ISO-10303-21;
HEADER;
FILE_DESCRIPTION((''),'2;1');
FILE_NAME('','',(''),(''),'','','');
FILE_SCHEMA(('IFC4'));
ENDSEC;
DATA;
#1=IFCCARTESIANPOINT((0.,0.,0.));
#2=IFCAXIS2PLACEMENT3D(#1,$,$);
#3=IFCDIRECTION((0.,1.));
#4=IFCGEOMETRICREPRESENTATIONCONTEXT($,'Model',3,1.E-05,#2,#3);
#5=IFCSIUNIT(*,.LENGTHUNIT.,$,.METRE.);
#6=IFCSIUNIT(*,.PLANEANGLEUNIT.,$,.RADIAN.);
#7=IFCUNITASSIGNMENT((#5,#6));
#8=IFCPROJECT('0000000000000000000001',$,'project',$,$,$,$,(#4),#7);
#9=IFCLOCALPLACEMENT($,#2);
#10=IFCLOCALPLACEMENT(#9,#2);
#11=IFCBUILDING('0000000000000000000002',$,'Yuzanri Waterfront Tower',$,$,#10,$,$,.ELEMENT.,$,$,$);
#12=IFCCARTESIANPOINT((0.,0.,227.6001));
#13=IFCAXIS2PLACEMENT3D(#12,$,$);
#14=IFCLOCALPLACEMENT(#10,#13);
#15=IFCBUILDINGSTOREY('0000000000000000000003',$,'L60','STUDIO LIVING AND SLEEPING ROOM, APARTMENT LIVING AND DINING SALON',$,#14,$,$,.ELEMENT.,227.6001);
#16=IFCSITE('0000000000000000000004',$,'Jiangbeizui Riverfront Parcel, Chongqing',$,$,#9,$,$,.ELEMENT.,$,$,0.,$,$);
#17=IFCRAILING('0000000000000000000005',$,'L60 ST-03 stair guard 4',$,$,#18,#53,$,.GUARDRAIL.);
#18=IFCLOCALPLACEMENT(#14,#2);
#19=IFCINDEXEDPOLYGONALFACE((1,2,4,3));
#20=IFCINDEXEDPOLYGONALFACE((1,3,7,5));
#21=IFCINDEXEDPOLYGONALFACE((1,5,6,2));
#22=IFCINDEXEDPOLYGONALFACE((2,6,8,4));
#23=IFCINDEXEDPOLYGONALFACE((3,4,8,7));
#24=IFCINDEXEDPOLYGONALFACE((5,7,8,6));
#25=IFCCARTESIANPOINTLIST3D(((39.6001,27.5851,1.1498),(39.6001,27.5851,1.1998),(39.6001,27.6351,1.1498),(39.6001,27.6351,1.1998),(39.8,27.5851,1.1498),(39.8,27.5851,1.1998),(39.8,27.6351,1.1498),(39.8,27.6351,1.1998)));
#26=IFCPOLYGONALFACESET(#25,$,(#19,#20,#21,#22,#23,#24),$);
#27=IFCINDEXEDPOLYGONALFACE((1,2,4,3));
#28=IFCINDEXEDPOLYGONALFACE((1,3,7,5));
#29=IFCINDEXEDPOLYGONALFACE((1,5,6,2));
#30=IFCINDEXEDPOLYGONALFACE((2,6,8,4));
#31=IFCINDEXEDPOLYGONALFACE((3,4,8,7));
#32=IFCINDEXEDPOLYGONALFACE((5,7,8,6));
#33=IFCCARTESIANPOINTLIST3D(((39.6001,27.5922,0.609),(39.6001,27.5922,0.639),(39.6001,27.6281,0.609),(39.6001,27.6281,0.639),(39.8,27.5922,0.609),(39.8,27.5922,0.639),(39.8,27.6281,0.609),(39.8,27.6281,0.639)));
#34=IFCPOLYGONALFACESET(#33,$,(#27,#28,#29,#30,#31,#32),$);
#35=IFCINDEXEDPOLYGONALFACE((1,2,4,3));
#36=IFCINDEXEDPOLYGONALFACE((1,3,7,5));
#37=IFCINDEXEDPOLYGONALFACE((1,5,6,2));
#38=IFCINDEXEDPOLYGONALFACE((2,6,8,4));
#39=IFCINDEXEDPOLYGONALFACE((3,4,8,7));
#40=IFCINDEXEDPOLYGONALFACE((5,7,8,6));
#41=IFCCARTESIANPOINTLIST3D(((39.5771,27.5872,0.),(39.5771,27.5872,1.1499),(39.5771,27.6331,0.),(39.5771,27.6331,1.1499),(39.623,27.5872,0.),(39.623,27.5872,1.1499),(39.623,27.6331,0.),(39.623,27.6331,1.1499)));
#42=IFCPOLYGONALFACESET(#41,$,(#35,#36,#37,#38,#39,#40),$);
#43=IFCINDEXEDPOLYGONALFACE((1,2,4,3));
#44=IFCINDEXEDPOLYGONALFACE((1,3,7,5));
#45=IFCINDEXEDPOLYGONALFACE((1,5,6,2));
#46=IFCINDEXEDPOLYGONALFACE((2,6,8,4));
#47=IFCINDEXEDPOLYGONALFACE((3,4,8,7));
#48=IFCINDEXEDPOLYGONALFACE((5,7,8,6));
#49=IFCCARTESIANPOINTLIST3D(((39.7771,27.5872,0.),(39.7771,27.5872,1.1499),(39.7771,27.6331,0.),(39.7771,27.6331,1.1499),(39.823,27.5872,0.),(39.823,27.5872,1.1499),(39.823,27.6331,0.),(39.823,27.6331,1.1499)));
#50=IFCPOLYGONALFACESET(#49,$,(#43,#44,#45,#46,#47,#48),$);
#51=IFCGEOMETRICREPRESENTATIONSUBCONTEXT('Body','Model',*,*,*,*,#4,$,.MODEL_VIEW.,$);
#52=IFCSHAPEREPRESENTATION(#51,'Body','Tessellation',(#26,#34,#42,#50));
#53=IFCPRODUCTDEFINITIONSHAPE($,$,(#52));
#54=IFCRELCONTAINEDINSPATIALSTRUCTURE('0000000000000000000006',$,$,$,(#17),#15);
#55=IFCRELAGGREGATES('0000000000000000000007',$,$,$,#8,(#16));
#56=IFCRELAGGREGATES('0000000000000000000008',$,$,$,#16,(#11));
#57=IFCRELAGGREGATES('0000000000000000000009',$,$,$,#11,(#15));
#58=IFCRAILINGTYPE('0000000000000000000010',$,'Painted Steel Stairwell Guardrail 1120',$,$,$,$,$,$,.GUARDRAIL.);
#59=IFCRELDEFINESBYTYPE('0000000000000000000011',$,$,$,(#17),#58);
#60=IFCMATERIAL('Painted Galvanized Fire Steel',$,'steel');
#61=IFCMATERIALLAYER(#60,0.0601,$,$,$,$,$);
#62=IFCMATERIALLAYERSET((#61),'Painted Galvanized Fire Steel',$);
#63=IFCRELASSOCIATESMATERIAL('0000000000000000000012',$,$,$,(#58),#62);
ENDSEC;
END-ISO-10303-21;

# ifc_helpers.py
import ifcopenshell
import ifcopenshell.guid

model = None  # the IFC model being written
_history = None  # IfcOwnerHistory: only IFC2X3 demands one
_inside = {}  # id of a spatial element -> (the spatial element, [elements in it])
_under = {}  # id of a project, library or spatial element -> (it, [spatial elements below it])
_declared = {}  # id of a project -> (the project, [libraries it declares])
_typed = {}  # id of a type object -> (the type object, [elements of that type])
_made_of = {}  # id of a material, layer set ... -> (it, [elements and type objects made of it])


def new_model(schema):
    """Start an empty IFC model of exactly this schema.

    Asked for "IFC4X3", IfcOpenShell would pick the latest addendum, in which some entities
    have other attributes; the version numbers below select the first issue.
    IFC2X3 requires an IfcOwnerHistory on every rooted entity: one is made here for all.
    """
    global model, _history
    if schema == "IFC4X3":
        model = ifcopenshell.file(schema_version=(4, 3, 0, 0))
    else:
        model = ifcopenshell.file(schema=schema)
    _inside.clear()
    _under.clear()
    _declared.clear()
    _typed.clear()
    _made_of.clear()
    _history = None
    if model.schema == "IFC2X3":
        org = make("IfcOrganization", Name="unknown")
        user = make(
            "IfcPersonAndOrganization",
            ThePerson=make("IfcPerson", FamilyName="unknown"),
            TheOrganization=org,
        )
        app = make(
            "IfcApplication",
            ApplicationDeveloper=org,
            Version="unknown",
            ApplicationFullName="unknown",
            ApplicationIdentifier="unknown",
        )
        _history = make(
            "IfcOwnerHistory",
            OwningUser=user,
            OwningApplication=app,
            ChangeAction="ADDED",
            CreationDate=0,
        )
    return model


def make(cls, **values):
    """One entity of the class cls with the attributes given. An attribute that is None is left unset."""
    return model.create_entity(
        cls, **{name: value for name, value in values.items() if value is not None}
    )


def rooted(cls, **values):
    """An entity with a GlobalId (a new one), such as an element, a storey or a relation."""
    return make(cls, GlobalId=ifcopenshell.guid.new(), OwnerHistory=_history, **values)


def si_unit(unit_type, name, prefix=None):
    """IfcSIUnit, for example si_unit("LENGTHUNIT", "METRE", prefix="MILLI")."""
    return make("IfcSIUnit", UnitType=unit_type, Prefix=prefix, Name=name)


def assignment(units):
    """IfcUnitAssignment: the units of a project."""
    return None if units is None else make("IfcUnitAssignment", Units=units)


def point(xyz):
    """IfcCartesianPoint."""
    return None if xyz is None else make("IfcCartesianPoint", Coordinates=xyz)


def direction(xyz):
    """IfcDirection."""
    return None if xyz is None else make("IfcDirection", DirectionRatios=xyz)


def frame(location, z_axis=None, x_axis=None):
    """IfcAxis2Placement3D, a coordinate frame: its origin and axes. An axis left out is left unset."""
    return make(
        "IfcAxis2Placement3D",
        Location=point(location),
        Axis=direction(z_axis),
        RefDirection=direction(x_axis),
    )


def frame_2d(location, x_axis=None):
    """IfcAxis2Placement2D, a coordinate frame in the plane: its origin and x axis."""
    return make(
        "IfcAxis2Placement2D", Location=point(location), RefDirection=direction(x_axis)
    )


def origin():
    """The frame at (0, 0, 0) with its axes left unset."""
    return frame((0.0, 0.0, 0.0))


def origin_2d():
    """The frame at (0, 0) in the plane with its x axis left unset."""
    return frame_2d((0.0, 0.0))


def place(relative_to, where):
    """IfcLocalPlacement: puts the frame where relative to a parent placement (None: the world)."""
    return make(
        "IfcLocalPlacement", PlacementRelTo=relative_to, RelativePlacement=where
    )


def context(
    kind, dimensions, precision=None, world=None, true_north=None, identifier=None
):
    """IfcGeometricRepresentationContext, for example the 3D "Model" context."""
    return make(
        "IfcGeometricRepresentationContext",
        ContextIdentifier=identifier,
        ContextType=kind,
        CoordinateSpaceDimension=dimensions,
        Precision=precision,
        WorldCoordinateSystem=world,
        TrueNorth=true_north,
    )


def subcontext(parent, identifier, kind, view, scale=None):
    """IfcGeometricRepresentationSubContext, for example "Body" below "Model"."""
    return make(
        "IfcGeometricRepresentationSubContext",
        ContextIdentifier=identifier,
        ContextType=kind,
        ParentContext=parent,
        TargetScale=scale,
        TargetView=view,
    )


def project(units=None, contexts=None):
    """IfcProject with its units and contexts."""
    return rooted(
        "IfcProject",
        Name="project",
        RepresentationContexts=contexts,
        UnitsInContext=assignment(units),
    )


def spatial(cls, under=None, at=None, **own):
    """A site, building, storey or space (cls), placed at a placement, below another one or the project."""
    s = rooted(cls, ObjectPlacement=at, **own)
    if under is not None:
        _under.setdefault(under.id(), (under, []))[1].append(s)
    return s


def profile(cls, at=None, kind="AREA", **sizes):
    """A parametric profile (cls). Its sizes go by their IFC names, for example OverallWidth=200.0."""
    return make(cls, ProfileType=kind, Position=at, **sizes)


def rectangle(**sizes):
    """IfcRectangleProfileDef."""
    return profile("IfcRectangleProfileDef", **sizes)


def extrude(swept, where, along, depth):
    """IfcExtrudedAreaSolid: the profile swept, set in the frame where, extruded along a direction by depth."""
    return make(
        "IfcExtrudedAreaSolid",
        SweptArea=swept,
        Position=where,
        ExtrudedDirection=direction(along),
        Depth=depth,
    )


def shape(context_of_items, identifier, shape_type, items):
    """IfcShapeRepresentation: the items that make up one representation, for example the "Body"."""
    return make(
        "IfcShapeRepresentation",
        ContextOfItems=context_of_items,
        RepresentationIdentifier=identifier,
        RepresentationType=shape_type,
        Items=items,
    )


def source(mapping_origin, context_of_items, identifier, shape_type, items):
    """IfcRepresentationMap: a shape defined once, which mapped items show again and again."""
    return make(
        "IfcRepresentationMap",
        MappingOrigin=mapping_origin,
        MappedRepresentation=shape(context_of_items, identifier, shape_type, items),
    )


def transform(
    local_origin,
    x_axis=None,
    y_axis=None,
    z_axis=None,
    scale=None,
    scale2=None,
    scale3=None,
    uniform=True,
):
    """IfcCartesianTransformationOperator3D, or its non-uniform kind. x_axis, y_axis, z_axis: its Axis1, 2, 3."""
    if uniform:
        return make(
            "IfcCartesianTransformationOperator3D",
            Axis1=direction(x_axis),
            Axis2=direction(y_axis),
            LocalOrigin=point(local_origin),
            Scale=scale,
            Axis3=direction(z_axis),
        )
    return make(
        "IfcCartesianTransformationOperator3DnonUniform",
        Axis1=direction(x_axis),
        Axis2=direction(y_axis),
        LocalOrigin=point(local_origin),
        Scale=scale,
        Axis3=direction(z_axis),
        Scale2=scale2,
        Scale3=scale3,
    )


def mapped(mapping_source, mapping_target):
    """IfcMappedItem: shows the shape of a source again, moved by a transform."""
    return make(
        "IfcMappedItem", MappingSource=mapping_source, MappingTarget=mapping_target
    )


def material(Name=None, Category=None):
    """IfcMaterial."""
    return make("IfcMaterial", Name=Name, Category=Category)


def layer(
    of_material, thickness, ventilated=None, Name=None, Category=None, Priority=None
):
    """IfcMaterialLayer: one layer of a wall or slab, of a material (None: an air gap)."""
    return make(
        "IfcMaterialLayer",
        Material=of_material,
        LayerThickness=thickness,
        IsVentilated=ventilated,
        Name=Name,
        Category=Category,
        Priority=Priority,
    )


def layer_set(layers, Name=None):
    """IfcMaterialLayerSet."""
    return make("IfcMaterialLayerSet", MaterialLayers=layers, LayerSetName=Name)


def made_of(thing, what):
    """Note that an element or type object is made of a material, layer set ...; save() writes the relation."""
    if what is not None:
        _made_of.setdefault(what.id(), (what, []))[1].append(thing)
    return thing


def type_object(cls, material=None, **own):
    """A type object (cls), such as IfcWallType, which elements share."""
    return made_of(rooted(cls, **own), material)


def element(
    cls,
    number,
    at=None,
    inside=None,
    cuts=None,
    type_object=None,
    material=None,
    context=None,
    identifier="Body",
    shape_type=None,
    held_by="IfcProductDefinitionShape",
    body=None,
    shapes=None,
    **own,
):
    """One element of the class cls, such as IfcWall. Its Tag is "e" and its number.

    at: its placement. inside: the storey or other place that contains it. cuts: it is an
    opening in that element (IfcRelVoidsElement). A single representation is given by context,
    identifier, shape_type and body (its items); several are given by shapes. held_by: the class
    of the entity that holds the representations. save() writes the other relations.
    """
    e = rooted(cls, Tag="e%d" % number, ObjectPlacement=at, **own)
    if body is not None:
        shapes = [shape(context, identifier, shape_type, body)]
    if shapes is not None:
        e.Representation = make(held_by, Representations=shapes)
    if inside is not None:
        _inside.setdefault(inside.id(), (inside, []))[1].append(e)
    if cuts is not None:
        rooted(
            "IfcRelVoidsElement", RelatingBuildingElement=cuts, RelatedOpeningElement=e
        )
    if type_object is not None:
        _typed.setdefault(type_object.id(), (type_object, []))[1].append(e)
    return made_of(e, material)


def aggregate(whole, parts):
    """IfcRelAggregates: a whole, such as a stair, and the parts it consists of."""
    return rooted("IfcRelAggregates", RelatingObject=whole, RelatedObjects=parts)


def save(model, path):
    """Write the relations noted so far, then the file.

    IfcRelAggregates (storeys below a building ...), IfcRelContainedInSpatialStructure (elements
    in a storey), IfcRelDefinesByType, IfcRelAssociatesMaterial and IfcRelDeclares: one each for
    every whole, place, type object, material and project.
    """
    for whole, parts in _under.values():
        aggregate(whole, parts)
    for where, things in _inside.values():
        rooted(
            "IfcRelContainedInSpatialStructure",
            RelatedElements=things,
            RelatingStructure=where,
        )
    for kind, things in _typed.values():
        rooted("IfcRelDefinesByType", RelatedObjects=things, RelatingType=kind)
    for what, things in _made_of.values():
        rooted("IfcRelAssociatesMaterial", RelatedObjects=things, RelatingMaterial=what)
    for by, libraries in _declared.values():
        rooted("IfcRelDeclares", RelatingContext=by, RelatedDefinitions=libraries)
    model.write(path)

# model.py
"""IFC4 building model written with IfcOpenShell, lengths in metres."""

from ifc_helpers import new_model, si_unit, direction, frame, origin, origin_2d, place, context, subcontext, project, spatial, rectangle, extrude, source, transform, mapped, material, layer, layer_set, type_object, element, save


model = new_model("IFC4")

# Units and contexts
model_context = context("Model", 3, precision=1e-05, world=origin(), true_north=direction((0.0, 1.0)))
body_context = subcontext(model_context, "Body", "Model", "MODEL_VIEW")
ifc_project = project(units=[si_unit("LENGTHUNIT", "METRE"), si_unit("PLANEANGLEUNIT", "RADIAN")], contexts=[model_context])

# Site, building, storey
site_placement = place(None, origin())
site = spatial("IfcSite", under=ifc_project, at=site_placement, Name="Jiangbeizui Riverfront Parcel, Chongqing", CompositionType="ELEMENT", RefElevation=0.0)
building_placement = place(site_placement, origin())
building = spatial("IfcBuilding", under=site, at=building_placement, Name="Yuzanri Waterfront Tower", CompositionType="ELEMENT")
storey_placement = place(building_placement, frame((0.0, 0.0, 227.6001)))
storey = spatial("IfcBuildingStorey", under=building, at=storey_placement, Name="L60", Description="STUDIO LIVING AND SLEEPING ROOM, APARTMENT LIVING AND DINING SALON", CompositionType="ELEMENT", Elevation=227.6001)

# Railing
ifc_material_1 = material(Name="Painted Galvanized Fire Steel", Category="steel")
ifc_layer_1 = layer(ifc_material_1, 0.0601)
ifc_layer_set_1 = layer_set([ifc_layer_1], Name="Painted Galvanized Fire Steel")
railing_type_1 = type_object("IfcRailingType", Name="Painted Steel Stairwell Guardrail 1120", PredefinedType="GUARDRAIL", material=ifc_layer_set_1)
shared_shape_1 = source(origin(), body_context, "Body", "SweptSolid", [
    extrude(rectangle(XDim=0.05, YDim=0.05, at=origin_2d()), frame((0.0, 0.0, 1.1748), z_axis=(1.0, 0.0, 0.0), x_axis=(0.0, 1.0, 0.0)), (0.0, 0.0, 1.0), 0.2),
    extrude(rectangle(XDim=0.0359, YDim=0.03, at=origin_2d()), frame((0.0, 0.0, 0.624), z_axis=(1.0, 0.0, 0.0), x_axis=(0.0, 1.0, 0.0)), (0.0, 0.0, 1.0), 0.2),
    extrude(rectangle(XDim=0.0459, YDim=0.0459, at=origin_2d()), origin(), (0.0, 0.0, 1.0), 1.1499),
    extrude(rectangle(XDim=0.0459, YDim=0.0459, at=origin_2d()), frame((0.2, 0.0, 0.0)), (0.0, 0.0, 1.0), 1.1499),
])
for number, where, name in (
    (1, (39.6001, 27.6101, 0.0), "L60 ST-03 stair guard 4"),
):
    element("IfcRailing", number, at=place(storey_placement, frame(where)), inside=storey, type_object=railing_type_1, Name=name, PredefinedType="GUARDRAIL", context=body_context, shape_type="MappedRepresentation", body=[
        mapped(shared_shape_1, transform((0.0, 0.0, 0.0), scale=1.0)),
    ])

save(model, "model.ifc")
